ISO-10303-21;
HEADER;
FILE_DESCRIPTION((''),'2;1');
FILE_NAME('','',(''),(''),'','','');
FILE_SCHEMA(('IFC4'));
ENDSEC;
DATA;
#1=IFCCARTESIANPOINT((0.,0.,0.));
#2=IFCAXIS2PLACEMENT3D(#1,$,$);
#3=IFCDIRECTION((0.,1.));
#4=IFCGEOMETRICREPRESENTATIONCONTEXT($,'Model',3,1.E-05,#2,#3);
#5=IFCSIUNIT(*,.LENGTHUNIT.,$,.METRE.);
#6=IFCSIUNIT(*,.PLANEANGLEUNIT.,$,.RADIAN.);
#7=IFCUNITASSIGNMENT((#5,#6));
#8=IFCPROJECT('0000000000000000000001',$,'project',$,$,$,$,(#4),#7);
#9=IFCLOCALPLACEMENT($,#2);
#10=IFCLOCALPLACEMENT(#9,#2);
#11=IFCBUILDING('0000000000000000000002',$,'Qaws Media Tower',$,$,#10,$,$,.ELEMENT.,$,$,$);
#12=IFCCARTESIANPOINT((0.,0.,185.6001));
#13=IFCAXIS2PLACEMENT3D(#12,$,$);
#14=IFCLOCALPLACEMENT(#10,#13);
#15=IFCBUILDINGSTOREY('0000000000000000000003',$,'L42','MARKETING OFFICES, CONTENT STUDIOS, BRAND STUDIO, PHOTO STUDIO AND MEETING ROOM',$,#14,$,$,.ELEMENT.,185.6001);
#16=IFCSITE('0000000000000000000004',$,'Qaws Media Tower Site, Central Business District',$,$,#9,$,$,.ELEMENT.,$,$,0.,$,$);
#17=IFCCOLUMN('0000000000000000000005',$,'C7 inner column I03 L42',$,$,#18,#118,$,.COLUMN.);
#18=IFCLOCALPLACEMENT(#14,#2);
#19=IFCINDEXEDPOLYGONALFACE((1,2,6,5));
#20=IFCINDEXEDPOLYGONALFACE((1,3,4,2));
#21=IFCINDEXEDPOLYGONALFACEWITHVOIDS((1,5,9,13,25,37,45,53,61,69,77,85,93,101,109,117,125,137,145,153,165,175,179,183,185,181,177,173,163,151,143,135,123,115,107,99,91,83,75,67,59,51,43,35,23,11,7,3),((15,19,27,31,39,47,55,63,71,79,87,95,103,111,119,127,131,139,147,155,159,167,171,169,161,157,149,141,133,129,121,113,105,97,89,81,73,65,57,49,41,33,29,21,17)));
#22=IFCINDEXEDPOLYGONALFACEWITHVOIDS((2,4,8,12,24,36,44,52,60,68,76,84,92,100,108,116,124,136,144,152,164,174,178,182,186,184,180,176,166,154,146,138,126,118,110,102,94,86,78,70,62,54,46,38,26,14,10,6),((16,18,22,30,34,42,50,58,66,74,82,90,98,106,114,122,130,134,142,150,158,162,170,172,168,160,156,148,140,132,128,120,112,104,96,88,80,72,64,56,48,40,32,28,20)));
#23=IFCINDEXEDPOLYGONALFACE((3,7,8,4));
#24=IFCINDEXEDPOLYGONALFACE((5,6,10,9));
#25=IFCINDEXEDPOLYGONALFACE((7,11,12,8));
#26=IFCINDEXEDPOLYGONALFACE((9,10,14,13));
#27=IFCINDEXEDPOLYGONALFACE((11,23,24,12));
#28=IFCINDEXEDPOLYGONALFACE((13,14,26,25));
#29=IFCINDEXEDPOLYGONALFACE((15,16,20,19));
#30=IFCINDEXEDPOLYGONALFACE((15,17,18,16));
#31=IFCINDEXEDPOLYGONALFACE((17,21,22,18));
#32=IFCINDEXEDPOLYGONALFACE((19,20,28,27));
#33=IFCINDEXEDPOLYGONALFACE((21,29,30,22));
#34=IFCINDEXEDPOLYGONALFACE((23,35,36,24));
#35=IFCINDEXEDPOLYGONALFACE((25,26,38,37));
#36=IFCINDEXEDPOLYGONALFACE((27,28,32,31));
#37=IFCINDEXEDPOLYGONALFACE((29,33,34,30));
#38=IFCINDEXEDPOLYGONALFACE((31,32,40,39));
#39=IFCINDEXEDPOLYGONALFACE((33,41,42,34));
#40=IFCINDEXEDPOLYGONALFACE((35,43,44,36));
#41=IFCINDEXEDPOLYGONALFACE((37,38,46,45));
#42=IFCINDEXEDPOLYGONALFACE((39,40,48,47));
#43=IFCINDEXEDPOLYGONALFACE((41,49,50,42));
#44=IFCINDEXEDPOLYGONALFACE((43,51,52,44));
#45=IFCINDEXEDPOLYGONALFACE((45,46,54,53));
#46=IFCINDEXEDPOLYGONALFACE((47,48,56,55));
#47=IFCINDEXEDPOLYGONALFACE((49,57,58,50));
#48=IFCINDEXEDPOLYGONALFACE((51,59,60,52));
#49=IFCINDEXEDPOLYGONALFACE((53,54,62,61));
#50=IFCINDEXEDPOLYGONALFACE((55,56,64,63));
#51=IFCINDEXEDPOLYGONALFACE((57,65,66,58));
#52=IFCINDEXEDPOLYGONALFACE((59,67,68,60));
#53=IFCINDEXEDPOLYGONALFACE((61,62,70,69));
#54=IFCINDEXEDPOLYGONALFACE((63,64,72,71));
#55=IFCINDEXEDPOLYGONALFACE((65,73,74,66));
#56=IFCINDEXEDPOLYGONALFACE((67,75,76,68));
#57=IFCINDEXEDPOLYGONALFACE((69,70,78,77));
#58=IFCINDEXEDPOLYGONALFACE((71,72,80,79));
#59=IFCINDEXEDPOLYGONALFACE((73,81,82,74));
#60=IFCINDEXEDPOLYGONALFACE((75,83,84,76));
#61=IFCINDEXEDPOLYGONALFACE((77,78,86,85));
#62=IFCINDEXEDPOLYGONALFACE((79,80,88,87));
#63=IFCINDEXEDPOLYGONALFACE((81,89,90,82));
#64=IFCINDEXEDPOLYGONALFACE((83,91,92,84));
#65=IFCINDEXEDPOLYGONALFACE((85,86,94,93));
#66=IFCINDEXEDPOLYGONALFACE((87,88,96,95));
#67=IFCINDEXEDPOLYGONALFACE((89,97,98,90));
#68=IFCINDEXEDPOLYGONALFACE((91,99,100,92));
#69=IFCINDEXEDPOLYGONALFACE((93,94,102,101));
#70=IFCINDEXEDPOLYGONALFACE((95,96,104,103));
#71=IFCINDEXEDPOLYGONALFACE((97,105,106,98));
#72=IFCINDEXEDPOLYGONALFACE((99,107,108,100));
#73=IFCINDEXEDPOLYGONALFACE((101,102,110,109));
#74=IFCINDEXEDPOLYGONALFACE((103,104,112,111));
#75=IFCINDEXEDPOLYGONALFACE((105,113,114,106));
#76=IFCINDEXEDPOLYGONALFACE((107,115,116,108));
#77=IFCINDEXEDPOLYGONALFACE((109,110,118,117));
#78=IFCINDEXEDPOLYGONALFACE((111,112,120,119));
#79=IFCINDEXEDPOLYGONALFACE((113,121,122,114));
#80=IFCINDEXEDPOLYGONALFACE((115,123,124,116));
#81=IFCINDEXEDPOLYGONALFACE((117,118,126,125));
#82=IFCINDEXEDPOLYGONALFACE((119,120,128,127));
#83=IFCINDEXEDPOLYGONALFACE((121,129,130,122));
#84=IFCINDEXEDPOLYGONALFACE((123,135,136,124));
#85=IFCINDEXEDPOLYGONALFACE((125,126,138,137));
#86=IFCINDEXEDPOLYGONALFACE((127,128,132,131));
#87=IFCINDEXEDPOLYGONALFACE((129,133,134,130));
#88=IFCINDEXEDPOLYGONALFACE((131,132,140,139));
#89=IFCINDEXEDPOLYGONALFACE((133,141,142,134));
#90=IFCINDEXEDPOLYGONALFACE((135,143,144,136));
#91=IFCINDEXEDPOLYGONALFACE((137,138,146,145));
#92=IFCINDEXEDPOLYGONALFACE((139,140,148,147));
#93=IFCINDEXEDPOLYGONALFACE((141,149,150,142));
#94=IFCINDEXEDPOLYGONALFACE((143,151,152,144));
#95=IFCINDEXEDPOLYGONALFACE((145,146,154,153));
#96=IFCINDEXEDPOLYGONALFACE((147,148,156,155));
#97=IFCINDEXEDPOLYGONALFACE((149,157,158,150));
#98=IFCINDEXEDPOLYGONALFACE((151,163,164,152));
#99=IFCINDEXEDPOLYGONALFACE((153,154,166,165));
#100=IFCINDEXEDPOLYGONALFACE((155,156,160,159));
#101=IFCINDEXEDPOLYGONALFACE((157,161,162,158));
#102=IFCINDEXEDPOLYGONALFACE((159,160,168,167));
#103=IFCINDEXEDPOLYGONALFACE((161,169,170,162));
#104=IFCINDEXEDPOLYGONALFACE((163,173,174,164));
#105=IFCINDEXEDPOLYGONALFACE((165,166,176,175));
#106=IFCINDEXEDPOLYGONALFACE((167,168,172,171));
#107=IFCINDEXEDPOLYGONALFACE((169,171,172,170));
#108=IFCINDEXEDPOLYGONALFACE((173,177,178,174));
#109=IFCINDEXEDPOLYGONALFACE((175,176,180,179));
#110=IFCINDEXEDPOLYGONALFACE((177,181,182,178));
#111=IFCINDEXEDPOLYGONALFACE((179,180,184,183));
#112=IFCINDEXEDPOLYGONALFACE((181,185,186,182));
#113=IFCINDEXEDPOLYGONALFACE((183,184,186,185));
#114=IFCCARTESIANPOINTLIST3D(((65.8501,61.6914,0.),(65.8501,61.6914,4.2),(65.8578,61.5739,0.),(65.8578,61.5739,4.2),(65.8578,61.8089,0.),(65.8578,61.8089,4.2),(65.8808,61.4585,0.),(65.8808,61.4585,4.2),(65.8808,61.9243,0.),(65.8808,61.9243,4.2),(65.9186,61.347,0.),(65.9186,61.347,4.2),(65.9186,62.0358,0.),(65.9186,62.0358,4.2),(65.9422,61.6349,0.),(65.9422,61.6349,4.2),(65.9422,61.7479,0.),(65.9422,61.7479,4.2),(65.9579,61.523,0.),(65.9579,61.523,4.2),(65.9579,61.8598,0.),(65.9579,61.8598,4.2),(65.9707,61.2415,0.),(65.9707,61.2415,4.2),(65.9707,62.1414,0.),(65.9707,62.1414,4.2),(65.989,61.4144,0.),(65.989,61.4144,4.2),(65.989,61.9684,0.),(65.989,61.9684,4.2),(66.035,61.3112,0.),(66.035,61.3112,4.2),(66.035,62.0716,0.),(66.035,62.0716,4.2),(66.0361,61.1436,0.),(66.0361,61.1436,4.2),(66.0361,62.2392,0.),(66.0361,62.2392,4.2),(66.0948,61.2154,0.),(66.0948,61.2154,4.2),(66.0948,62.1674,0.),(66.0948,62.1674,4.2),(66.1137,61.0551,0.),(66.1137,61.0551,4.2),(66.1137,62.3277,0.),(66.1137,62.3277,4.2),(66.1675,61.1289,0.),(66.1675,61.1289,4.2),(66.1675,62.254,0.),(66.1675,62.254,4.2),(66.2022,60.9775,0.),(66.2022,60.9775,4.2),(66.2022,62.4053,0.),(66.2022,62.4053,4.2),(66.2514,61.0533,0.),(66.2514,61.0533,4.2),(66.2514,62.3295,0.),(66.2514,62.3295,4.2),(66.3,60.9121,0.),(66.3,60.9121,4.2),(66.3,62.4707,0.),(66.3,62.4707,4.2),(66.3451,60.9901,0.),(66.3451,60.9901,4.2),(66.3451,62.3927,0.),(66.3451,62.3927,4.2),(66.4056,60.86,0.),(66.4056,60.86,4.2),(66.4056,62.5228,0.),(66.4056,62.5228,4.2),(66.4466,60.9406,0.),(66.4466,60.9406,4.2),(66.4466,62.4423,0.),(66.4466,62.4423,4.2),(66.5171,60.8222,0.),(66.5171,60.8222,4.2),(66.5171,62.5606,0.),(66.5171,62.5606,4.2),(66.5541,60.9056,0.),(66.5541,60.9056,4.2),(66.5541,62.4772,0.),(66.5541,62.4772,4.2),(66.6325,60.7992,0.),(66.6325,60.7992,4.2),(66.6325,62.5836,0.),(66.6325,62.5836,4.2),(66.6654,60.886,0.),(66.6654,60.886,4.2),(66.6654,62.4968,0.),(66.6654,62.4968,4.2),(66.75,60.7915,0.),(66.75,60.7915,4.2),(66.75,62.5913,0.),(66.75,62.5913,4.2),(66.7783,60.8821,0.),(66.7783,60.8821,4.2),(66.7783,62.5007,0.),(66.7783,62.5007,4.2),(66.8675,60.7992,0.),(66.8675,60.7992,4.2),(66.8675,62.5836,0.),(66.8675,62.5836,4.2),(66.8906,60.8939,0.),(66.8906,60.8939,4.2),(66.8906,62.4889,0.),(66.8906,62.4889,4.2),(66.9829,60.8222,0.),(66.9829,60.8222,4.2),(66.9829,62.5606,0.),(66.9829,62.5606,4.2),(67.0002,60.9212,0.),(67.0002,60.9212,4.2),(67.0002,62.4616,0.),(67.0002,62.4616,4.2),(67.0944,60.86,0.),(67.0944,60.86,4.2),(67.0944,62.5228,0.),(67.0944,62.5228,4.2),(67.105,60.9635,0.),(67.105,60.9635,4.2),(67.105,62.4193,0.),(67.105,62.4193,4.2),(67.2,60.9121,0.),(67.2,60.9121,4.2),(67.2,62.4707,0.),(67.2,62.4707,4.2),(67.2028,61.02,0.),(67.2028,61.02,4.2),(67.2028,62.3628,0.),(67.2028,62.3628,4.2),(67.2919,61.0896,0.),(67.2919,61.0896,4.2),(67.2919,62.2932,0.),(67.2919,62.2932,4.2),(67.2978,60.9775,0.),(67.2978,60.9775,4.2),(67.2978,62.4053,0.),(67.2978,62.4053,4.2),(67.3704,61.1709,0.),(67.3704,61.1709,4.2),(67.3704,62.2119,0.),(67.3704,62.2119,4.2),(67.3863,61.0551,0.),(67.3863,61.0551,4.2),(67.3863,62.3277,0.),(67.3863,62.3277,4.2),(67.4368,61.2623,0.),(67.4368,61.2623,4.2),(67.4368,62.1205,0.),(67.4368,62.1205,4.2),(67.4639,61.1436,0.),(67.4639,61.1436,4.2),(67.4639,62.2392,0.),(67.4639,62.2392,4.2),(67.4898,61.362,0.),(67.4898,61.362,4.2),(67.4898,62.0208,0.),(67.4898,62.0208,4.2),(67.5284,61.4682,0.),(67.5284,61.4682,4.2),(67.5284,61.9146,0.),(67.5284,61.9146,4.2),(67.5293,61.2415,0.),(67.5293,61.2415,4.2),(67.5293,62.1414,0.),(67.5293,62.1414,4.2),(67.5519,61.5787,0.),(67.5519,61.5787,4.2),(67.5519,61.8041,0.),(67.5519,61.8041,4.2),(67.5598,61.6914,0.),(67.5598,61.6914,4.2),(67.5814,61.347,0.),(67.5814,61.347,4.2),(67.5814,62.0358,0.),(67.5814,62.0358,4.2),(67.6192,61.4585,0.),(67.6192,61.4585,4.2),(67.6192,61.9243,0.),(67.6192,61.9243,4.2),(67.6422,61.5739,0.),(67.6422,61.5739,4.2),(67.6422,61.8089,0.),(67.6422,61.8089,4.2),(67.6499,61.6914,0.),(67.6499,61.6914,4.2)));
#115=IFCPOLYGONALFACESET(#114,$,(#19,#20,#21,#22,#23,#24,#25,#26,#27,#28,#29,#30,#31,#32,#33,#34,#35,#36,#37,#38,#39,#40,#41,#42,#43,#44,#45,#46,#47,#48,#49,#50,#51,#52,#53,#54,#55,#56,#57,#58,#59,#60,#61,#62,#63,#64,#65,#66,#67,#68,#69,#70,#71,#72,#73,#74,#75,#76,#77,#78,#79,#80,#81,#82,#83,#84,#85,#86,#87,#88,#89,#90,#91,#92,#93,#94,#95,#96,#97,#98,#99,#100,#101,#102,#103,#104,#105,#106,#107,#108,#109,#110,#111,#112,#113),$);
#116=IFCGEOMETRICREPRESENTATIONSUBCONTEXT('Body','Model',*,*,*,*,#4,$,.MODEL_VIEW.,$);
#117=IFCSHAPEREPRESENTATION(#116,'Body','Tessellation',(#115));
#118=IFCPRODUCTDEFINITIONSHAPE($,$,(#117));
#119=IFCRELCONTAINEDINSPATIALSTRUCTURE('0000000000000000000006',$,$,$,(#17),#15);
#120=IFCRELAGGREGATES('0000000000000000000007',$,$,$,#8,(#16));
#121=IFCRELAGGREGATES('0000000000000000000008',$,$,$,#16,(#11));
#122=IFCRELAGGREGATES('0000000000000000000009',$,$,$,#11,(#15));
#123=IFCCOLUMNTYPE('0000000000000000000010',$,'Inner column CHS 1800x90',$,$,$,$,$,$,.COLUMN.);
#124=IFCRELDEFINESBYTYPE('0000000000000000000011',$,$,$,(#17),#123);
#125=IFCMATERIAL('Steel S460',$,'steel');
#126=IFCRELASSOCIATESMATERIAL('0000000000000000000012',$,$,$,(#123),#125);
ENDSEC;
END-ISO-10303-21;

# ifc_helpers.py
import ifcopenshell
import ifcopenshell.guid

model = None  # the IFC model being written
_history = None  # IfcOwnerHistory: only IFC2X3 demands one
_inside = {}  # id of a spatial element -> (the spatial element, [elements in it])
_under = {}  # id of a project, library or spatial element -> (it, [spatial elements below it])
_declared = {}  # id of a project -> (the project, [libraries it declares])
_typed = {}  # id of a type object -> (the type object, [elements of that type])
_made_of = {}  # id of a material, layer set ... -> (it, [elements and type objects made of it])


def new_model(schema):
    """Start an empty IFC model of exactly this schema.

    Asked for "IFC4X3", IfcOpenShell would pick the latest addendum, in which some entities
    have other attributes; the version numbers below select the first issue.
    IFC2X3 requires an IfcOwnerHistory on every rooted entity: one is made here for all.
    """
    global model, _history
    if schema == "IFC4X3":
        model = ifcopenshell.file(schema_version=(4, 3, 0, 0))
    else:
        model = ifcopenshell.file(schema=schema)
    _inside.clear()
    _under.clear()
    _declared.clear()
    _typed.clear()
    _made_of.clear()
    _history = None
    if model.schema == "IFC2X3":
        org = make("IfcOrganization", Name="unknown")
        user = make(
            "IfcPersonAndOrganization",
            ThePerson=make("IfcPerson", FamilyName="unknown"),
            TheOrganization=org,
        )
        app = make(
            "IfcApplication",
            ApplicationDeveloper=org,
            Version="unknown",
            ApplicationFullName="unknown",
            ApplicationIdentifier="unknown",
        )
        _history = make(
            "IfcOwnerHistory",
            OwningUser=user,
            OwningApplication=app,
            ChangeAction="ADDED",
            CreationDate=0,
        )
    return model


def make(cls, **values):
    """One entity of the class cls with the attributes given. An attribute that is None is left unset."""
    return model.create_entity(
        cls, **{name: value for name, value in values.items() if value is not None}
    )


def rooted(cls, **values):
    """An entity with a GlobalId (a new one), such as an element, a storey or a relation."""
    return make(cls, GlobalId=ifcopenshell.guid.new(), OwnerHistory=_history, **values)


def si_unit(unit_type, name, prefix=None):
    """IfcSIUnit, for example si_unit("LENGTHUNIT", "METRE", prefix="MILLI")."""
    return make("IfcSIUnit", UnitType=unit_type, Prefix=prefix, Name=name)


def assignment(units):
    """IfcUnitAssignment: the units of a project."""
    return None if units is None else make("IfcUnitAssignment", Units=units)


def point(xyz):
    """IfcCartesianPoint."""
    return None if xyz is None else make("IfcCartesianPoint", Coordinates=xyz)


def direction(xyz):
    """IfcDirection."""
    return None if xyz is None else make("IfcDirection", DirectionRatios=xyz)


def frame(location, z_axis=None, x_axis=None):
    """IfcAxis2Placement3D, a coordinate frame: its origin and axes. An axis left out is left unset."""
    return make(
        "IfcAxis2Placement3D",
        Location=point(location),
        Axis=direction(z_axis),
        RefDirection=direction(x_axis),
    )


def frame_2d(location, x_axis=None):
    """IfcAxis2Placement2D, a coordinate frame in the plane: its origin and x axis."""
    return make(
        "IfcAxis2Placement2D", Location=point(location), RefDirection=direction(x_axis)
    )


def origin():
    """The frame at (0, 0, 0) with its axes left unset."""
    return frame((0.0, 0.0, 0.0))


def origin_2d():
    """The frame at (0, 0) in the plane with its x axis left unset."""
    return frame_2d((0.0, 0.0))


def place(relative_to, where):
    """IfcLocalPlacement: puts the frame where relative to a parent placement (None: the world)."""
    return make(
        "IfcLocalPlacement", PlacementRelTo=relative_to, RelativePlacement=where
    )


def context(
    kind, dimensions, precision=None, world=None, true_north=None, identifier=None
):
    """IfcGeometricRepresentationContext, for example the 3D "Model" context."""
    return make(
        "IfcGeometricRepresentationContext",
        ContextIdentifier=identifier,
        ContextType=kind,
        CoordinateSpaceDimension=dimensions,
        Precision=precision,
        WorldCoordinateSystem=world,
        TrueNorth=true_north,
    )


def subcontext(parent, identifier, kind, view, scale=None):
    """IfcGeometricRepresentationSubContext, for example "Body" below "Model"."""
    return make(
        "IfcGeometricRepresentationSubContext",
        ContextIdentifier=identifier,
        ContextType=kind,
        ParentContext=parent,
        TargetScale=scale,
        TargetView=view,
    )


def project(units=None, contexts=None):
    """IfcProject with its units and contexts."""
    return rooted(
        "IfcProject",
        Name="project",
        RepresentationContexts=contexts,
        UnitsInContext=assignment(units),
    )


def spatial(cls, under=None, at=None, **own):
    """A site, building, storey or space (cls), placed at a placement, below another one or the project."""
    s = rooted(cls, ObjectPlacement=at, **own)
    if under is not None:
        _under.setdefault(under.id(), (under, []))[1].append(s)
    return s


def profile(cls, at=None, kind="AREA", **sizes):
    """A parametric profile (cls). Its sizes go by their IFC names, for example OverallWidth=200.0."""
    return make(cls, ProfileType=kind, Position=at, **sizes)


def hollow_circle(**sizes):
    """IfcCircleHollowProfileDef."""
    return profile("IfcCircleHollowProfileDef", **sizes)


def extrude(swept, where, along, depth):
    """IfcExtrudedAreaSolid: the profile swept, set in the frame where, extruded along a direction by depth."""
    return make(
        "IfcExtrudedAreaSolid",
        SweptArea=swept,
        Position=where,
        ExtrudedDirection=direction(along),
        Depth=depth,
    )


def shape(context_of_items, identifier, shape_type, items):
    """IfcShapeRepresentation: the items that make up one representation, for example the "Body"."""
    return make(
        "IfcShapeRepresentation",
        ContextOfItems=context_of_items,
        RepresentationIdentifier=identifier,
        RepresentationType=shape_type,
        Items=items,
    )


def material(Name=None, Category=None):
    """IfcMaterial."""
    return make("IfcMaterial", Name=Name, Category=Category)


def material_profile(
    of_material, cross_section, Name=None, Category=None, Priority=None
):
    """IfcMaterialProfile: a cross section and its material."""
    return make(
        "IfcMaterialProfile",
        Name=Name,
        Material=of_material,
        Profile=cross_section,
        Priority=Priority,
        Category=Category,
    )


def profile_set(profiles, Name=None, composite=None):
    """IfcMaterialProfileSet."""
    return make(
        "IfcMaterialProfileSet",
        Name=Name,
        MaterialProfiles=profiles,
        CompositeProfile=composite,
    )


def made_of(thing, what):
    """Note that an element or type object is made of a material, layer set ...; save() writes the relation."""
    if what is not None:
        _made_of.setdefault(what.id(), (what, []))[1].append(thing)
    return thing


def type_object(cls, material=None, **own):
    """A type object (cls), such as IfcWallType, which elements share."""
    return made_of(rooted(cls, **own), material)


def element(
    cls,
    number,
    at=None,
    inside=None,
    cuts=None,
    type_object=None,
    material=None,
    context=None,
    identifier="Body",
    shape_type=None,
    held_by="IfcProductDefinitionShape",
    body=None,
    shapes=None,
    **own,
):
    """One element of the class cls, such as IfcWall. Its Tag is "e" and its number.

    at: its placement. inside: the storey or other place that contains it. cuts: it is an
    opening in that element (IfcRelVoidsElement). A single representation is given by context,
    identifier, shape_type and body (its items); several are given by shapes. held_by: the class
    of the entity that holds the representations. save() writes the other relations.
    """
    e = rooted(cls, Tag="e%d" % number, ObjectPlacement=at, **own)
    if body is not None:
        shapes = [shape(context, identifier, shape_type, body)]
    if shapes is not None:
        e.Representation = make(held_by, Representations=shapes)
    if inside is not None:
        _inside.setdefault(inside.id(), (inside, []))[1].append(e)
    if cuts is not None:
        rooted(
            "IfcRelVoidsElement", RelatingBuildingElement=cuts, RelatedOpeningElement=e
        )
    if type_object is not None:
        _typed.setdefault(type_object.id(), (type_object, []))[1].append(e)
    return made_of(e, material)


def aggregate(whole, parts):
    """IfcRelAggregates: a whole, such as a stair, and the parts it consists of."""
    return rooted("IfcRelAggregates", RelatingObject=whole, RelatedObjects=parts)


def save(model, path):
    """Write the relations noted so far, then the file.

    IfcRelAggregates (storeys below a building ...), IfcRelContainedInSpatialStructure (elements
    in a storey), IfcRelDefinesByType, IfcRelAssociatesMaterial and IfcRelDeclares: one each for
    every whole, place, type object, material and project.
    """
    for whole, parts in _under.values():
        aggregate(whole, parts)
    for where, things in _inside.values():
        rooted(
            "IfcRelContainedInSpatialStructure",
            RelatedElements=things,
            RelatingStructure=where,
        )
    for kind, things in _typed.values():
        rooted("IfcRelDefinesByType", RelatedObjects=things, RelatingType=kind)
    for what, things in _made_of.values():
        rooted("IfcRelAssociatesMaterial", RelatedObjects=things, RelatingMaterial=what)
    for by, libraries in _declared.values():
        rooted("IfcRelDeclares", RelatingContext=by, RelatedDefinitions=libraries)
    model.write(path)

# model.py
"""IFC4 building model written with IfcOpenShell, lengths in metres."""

from ifc_helpers import new_model, si_unit, direction, frame, origin, origin_2d, place, context, subcontext, project, spatial, hollow_circle, extrude, material, material_profile, profile_set, type_object, element, save


model = new_model("IFC4")

# Units and contexts
model_context = context("Model", 3, precision=1e-05, world=origin(), true_north=direction((0.0, 1.0)))
body_context = subcontext(model_context, "Body", "Model", "MODEL_VIEW")
ifc_project = project(units=[si_unit("LENGTHUNIT", "METRE"), si_unit("PLANEANGLEUNIT", "RADIAN")], contexts=[model_context])

# Site, building, storey
site_placement = place(None, origin())
site = spatial("IfcSite", under=ifc_project, at=site_placement, Name="Qaws Media Tower Site, Central Business District", CompositionType="ELEMENT", RefElevation=0.0)
building_placement = place(site_placement, origin())
building = spatial("IfcBuilding", under=site, at=building_placement, Name="Qaws Media Tower", CompositionType="ELEMENT")
storey_placement = place(building_placement, frame((0.0, 0.0, 185.6001)))
storey = spatial("IfcBuildingStorey", under=building, at=storey_placement, Name="L42", Description="MARKETING OFFICES, CONTENT STUDIOS, BRAND STUDIO, PHOTO STUDIO AND MEETING ROOM", CompositionType="ELEMENT", Elevation=185.6001)

# Column
ifc_material_1 = material(Name="Steel S460", Category="steel")
ifc_material_profile_1 = material_profile(ifc_material_1, hollow_circle(Radius=0.8999, WallThickness=0.0901, at=origin_2d()), Name="CHS 1800x90")
ifc_profile_set_1 = profile_set([ifc_material_profile_1], Name="Steel S460")
column_type = type_object("IfcColumnType", Name="Inner column CHS 1800x90", PredefinedType="COLUMN", material=ifc_profile_set_1)
for number, where, z_axis, x_axis, name in (
    (1, (66.75, 61.6914, 0.0), (0.0, 0.0, 1.0), (1.0, 0.0, 0.0), "C7 inner column I03 L42"),
):
    element("IfcColumn", number, at=place(storey_placement, frame(where, z_axis=z_axis, x_axis=x_axis)), inside=storey, type_object=column_type, Name=name, PredefinedType="COLUMN", context=body_context, shape_type="SweptSolid", body=[
        extrude(hollow_circle(Radius=0.8999, WallThickness=0.0901, at=origin_2d()), origin(), (0.0, 0.0, 1.0), 4.2),
    ])

save(model, "model.ifc")
